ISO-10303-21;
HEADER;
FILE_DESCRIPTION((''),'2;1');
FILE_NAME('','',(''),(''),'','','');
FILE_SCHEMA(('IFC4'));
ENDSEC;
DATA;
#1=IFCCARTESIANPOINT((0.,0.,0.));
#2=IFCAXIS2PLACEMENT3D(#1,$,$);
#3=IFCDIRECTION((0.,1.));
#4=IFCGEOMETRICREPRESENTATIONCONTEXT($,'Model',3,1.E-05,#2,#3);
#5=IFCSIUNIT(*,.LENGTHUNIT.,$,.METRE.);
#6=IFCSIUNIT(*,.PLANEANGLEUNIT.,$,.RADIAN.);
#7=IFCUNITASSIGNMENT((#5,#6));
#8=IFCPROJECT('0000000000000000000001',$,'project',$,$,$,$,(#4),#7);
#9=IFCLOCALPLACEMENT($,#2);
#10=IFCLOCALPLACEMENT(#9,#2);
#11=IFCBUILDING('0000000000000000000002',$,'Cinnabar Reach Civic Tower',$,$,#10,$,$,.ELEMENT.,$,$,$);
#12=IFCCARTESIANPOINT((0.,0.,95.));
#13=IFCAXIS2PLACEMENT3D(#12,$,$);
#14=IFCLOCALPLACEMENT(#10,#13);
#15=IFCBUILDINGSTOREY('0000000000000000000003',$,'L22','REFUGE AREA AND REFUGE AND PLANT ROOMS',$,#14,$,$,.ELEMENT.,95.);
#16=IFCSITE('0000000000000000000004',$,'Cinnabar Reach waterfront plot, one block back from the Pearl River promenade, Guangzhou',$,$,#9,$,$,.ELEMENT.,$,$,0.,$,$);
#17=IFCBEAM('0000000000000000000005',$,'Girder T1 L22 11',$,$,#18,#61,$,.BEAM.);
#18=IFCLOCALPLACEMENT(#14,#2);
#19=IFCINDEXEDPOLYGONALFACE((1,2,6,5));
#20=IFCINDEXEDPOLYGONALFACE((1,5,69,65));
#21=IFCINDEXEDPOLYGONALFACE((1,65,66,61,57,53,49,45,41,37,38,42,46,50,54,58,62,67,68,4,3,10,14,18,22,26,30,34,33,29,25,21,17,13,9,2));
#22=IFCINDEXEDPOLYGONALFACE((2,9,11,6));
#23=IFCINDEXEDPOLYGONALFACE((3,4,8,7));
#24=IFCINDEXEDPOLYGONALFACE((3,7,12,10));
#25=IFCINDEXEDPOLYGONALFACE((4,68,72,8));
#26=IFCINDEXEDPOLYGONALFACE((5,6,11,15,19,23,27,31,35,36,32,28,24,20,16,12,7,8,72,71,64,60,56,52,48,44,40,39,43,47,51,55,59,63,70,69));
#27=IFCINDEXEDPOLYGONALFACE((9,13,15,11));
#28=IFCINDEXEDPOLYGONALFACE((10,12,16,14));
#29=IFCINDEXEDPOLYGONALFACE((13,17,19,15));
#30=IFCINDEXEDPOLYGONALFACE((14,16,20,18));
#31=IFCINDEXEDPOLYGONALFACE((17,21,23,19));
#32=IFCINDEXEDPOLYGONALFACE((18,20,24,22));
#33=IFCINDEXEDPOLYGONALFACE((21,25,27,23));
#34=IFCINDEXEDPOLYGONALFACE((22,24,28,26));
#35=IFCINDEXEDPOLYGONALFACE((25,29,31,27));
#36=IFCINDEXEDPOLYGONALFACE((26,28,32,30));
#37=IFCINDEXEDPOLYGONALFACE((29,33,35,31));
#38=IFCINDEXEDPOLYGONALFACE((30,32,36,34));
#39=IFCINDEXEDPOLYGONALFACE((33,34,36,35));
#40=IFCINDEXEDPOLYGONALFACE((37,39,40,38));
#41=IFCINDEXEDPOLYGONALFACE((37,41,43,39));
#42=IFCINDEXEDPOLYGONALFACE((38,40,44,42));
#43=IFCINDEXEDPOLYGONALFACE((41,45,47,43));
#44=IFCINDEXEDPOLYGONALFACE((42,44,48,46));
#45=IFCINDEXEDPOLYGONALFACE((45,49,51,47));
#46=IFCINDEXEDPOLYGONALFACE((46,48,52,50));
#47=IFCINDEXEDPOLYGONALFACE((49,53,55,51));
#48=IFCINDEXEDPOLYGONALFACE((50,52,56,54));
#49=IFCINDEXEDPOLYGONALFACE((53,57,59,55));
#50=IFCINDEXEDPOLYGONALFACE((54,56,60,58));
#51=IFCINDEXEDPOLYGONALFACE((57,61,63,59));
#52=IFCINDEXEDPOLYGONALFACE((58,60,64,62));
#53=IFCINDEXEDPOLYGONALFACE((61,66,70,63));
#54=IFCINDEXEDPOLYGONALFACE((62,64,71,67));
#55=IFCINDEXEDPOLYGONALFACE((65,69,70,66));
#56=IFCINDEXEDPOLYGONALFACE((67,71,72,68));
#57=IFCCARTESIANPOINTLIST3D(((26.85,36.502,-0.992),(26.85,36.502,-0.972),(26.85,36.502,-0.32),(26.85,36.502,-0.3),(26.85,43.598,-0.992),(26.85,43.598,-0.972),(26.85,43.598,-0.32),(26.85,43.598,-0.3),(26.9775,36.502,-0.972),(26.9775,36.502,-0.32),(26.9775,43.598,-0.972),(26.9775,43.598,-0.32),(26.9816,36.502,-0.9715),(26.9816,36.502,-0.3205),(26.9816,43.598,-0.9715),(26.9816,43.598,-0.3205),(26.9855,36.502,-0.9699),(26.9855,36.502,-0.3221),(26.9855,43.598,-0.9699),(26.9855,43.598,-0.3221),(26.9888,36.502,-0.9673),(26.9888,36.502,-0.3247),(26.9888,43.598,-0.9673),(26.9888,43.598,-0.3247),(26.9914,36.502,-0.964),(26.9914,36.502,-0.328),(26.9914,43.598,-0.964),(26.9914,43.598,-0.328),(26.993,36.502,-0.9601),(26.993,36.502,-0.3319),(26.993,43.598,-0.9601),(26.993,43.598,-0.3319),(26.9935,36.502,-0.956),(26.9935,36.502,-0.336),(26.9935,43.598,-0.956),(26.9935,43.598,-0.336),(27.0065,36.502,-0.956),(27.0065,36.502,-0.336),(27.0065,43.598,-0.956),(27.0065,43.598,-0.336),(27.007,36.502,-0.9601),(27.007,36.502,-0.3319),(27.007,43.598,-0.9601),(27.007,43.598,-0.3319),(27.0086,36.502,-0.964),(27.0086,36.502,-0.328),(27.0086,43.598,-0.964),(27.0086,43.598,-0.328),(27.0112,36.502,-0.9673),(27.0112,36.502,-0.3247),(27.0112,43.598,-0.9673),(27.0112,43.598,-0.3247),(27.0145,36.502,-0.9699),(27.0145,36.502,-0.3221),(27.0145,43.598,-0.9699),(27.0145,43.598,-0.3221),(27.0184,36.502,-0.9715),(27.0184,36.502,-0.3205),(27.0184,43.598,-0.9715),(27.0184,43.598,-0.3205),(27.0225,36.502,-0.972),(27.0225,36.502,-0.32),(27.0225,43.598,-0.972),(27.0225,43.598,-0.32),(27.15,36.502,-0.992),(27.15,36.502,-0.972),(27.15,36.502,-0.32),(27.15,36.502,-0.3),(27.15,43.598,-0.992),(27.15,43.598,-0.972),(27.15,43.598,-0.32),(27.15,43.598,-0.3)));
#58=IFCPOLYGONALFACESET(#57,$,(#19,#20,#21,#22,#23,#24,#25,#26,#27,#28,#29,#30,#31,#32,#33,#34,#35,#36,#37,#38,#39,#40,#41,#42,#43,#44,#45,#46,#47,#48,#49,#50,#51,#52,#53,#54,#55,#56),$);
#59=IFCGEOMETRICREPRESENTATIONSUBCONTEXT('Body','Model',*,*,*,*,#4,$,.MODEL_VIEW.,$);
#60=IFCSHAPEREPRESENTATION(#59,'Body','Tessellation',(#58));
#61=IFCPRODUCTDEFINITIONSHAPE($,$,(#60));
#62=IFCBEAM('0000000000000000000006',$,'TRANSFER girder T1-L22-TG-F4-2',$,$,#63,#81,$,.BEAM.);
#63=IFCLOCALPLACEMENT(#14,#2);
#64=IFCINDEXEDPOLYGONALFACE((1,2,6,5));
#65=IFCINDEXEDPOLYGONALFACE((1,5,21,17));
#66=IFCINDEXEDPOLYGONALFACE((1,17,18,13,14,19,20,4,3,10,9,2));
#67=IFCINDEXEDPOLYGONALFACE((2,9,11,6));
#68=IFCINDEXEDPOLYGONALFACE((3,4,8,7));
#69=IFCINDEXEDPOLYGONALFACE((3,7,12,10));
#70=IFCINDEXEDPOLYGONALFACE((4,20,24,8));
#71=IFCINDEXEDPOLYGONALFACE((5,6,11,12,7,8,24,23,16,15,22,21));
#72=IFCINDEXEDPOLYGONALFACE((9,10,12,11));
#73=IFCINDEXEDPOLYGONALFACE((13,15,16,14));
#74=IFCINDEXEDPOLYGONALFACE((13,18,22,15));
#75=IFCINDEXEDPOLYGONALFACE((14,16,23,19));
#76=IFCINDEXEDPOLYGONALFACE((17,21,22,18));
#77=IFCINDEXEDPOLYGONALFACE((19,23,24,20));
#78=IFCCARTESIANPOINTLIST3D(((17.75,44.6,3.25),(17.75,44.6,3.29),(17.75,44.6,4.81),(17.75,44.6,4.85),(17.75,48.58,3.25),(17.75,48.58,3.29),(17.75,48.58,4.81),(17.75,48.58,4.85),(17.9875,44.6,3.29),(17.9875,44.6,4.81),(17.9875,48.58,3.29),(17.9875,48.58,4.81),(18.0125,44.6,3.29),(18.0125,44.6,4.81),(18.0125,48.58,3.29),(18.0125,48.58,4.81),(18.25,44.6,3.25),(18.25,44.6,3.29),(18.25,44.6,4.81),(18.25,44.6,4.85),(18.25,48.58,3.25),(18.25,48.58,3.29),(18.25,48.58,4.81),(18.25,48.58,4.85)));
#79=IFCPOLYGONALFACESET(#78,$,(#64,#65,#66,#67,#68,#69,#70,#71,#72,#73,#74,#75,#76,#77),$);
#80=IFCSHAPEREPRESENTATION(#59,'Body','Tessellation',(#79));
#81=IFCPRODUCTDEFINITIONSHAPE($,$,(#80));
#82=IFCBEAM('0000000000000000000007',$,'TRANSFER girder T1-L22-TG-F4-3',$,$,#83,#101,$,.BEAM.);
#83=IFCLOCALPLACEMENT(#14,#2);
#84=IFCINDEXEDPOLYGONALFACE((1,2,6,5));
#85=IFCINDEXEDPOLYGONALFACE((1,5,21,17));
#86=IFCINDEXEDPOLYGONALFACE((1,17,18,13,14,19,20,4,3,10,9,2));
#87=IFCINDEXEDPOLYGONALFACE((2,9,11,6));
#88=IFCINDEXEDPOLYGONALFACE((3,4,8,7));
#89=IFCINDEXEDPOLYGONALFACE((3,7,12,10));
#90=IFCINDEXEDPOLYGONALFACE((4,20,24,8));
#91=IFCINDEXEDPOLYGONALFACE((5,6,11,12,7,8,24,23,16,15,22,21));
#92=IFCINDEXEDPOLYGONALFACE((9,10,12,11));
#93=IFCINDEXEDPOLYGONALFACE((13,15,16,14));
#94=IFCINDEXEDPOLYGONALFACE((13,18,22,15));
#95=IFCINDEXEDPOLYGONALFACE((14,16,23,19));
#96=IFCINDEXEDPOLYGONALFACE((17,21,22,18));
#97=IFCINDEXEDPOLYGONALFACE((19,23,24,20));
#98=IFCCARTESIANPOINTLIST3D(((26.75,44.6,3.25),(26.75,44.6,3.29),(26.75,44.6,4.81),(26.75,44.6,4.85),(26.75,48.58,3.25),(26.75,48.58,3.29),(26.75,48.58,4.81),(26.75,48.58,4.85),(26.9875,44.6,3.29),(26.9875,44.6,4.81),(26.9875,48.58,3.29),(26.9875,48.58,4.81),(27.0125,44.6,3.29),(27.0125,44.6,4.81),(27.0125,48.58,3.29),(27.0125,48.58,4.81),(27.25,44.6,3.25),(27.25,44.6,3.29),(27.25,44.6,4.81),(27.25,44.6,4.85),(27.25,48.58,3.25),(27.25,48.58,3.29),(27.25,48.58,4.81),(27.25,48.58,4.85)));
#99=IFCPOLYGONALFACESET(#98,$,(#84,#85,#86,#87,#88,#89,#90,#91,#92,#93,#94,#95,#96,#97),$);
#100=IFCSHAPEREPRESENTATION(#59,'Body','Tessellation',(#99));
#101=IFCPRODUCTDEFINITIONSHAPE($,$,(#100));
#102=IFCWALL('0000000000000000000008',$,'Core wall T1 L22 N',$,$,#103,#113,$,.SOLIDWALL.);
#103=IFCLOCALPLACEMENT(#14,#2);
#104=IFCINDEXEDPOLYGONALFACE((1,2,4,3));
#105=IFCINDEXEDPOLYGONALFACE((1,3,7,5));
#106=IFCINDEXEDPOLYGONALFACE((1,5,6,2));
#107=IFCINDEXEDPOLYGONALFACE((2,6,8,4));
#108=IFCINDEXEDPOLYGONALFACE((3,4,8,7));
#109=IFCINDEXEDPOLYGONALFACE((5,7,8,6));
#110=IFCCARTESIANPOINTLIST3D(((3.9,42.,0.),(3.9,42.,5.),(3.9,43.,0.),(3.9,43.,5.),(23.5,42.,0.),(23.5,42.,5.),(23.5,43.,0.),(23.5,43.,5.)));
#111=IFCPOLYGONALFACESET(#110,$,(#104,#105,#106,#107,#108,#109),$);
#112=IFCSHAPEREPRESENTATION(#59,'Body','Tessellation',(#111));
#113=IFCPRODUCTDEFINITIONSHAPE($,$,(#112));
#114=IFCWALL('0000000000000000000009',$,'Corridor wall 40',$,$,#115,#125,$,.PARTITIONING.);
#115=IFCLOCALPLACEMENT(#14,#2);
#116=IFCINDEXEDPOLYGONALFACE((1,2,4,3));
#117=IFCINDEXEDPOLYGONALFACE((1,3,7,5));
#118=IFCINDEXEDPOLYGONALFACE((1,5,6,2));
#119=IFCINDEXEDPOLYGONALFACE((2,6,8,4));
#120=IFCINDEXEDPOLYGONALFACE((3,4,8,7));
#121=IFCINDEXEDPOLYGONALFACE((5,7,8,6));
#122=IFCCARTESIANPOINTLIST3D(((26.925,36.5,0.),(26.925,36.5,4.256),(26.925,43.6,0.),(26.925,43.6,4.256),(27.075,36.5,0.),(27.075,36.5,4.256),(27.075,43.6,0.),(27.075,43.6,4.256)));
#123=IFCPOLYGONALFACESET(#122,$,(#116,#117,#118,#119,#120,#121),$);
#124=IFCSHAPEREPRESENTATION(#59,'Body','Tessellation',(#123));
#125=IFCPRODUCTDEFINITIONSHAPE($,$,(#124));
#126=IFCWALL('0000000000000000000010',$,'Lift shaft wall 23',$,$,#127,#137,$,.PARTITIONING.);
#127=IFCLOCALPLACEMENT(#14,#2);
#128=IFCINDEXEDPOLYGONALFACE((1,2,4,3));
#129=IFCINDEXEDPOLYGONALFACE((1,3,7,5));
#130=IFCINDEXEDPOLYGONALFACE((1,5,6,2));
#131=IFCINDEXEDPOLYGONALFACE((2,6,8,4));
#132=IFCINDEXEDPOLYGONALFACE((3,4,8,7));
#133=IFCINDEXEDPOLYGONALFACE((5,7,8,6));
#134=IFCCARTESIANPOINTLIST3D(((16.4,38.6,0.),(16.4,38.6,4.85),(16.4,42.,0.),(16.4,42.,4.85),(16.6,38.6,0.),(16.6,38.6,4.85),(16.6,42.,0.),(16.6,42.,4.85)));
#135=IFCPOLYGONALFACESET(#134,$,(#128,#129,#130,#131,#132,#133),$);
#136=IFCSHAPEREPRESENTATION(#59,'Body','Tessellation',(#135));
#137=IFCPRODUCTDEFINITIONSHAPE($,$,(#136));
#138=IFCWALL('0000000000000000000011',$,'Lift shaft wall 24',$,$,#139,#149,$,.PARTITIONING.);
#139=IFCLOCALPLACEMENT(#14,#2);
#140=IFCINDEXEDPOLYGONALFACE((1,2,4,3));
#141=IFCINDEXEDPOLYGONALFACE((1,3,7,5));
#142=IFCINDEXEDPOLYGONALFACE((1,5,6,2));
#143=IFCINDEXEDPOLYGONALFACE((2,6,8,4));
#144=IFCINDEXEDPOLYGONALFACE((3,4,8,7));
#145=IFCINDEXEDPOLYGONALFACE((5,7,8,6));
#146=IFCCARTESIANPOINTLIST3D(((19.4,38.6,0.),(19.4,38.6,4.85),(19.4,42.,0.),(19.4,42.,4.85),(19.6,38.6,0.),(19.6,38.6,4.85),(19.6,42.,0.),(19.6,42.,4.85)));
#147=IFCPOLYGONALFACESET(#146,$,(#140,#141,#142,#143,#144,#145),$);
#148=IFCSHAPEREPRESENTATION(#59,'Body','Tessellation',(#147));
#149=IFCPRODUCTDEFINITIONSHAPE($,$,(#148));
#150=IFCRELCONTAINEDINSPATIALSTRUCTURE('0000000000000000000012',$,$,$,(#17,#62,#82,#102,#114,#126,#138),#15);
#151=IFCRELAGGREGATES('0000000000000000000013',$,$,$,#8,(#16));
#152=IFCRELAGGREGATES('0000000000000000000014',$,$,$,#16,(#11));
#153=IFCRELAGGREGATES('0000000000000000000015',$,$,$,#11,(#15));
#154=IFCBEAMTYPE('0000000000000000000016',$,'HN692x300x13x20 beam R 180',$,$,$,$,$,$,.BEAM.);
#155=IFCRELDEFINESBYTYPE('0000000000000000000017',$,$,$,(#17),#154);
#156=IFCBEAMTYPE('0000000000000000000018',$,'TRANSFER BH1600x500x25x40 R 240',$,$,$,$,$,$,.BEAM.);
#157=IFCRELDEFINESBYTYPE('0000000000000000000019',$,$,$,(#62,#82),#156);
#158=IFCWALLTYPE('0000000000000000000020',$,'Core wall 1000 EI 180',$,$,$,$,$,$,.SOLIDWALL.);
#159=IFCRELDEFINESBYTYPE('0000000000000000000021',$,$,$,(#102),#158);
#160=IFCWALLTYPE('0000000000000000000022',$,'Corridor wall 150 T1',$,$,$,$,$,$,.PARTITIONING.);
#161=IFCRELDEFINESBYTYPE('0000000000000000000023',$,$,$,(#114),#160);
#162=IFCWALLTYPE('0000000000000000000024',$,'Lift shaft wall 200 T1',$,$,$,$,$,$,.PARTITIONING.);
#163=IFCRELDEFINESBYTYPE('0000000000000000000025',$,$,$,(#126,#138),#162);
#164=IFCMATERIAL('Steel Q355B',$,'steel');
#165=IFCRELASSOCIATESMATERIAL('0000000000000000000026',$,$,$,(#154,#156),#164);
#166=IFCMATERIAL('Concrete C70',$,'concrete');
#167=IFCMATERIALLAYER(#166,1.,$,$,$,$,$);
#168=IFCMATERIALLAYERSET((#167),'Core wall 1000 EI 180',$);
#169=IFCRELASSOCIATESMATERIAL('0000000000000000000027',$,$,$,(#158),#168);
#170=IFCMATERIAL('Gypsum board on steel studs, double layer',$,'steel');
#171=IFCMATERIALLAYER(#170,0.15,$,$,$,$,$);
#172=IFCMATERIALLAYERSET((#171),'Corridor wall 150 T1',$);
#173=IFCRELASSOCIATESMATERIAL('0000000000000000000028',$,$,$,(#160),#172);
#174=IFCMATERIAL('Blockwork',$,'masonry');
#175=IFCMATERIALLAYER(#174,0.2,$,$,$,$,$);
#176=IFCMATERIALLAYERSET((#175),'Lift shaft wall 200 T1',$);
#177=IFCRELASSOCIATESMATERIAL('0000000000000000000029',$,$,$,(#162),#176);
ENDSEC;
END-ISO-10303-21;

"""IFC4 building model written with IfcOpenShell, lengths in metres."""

from ifc_helpers import new_model, si_unit, direction, frame, frame_2d, origin, origin_2d, place, context, subcontext, project, spatial, rectangle, i_section, extrude, material, layer, layer_set, material_profile, profile_set, type_object, element, save


model = new_model("IFC4")

# Units and contexts
model_context = context("Model", 3, precision=1e-05, world=origin(), true_north=direction((0.0, 1.0)))
body_context = subcontext(model_context, "Body", "Model", "MODEL_VIEW")
ifc_project = project(units=[si_unit("LENGTHUNIT", "METRE"), si_unit("PLANEANGLEUNIT", "RADIAN")], contexts=[model_context])

# Site, building, storey
site_placement = place(None, origin())
site = spatial("IfcSite", under=ifc_project, at=site_placement, Name="Cinnabar Reach waterfront plot, one block back from the Pearl River promenade, Guangzhou", CompositionType="ELEMENT", RefElevation=0.0)
building_placement = place(site_placement, origin())
building = spatial("IfcBuilding", under=site, at=building_placement, Name="Cinnabar Reach Civic Tower", CompositionType="ELEMENT")
storey_placement = place(building_placement, frame((0.0, 0.0, 95.0)))
storey = spatial("IfcBuildingStorey", under=building, at=storey_placement, Name="L22", Description="REFUGE AREA AND REFUGE AND PLANT ROOMS", CompositionType="ELEMENT", Elevation=95.0)

# Shared definitions
ifc_material_1 = material(Name="Concrete C70", Category="concrete")

# Beams
ifc_material_2 = material(Name="Steel Q355B", Category="steel")
ifc_material_profile_1 = material_profile(ifc_material_2, i_section(OverallWidth=0.3, OverallDepth=0.692, WebThickness=0.013, FlangeThickness=0.02, FilletRadius=0.016, at=origin_2d()), Name="HN692x300x13x20")
ifc_profile_set_1 = profile_set([ifc_material_profile_1], Name="Steel Q355B")
beam_type_1 = type_object("IfcBeamType", Name="HN692x300x13x20 beam R 180", PredefinedType="BEAM", material=ifc_profile_set_1)
beam_1_placement = place(storey_placement, frame((27.0, 36.502, -0.646), z_axis=(0.0, 1.0, 0.0), x_axis=(-1.0, 0.0, 0.0)))
element("IfcBeam", 1, at=beam_1_placement, inside=storey, type_object=beam_type_1, Name="Girder T1 L22 11", PredefinedType="BEAM", context=body_context, shape_type="SweptSolid", body=[
    extrude(i_section(OverallWidth=0.3, OverallDepth=0.692, WebThickness=0.013, FlangeThickness=0.02, FilletRadius=0.016, at=origin_2d()), origin(), (0.0, 0.0, 1.0), 7.096),
])
ifc_material_profile_2 = material_profile(ifc_material_2, i_section(OverallWidth=0.5, OverallDepth=1.6, WebThickness=0.025, FlangeThickness=0.04, at=origin_2d()), Name="BH1600x500x25x40")
ifc_profile_set_2 = profile_set([ifc_material_profile_2], Name="Steel Q355B")
beam_type_2 = type_object("IfcBeamType", Name="TRANSFER BH1600x500x25x40 R 240", PredefinedType="BEAM", material=ifc_profile_set_2)
for number, where, z_axis, x_axis, name in (
    (2, (18.0, 44.6, 4.05), (0.0, 1.0, 0.0), (-1.0, 0.0, 0.0), "TRANSFER girder T1-L22-TG-F4-2"),
    (3, (27.0, 44.6, 4.05), (0.0, 1.0, 0.0), (-1.0, 0.0, 0.0), "TRANSFER girder T1-L22-TG-F4-3"),
):
    element("IfcBeam", number, at=place(storey_placement, frame(where, z_axis=z_axis, x_axis=x_axis)), inside=storey, type_object=beam_type_2, Name=name, PredefinedType="BEAM", context=body_context, shape_type="SweptSolid", body=[
        extrude(i_section(OverallWidth=0.5, OverallDepth=1.6, WebThickness=0.025, FlangeThickness=0.04, at=origin_2d()), origin(), (0.0, 0.0, 1.0), 3.98),
    ])

# Walls
ifc_layer_1 = layer(ifc_material_1, 1.0)
ifc_layer_set_1 = layer_set([ifc_layer_1], Name="Core wall 1000 EI 180")
wall_type_1 = type_object("IfcWallType", Name="Core wall 1000 EI 180", PredefinedType="SOLIDWALL", material=ifc_layer_set_1)
wall_1_placement = place(storey_placement, frame((23.5, 42.5, 0.0), z_axis=(0.0, 0.0, 1.0), x_axis=(-1.0, 0.0, 0.0)))
element("IfcWall", 4, at=wall_1_placement, inside=storey, type_object=wall_type_1, Name="Core wall T1 L22 N", PredefinedType="SOLIDWALL", context=body_context, shape_type="SweptSolid", body=[
    extrude(rectangle(XDim=19.6, YDim=1.0, at=frame_2d((9.8, 0.0))), origin(), (0.0, 0.0, 1.0), 5.0),
])
ifc_material_3 = material(Name="Gypsum board on steel studs, double layer", Category="steel")
ifc_layer_2 = layer(ifc_material_3, 0.15)
ifc_layer_set_2 = layer_set([ifc_layer_2], Name="Corridor wall 150 T1")
wall_type_2 = type_object("IfcWallType", Name="Corridor wall 150 T1", PredefinedType="PARTITIONING", material=ifc_layer_set_2)
wall_2_placement = place(storey_placement, frame((27.0, 36.5, 0.0), z_axis=(0.0, 0.0, 1.0), x_axis=(0.0, 1.0, 0.0)))
element("IfcWall", 5, at=wall_2_placement, inside=storey, type_object=wall_type_2, Name="Corridor wall 40", PredefinedType="PARTITIONING", context=body_context, shape_type="SweptSolid", body=[
    extrude(rectangle(XDim=7.1, YDim=0.15, at=frame_2d((3.55, 0.0))), origin(), (0.0, 0.0, 1.0), 4.256),
])
ifc_material_4 = material(Name="Blockwork", Category="masonry")
ifc_layer_3 = layer(ifc_material_4, 0.2)
ifc_layer_set_3 = layer_set([ifc_layer_3], Name="Lift shaft wall 200 T1")
wall_type_3 = type_object("IfcWallType", Name="Lift shaft wall 200 T1", PredefinedType="PARTITIONING", material=ifc_layer_set_3)
for number, where, z_axis, x_axis, name in (
    (6, (16.5, 38.6, 0.0), (0.0, 0.0, 1.0), (0.0, 1.0, 0.0), "Lift shaft wall 23"),
    (7, (19.5, 38.6, 0.0), (0.0, 0.0, 1.0), (0.0, 1.0, 0.0), "Lift shaft wall 24"),
):
    element("IfcWall", number, at=place(storey_placement, frame(where, z_axis=z_axis, x_axis=x_axis)), inside=storey, type_object=wall_type_3, Name=name, PredefinedType="PARTITIONING", context=body_context, shape_type="SweptSolid", body=[
        extrude(rectangle(XDim=3.4, YDim=0.2, at=frame_2d((1.7, 0.0))), origin(), (0.0, 0.0, 1.0), 4.85),
    ])

save(model, "model.ifc")
